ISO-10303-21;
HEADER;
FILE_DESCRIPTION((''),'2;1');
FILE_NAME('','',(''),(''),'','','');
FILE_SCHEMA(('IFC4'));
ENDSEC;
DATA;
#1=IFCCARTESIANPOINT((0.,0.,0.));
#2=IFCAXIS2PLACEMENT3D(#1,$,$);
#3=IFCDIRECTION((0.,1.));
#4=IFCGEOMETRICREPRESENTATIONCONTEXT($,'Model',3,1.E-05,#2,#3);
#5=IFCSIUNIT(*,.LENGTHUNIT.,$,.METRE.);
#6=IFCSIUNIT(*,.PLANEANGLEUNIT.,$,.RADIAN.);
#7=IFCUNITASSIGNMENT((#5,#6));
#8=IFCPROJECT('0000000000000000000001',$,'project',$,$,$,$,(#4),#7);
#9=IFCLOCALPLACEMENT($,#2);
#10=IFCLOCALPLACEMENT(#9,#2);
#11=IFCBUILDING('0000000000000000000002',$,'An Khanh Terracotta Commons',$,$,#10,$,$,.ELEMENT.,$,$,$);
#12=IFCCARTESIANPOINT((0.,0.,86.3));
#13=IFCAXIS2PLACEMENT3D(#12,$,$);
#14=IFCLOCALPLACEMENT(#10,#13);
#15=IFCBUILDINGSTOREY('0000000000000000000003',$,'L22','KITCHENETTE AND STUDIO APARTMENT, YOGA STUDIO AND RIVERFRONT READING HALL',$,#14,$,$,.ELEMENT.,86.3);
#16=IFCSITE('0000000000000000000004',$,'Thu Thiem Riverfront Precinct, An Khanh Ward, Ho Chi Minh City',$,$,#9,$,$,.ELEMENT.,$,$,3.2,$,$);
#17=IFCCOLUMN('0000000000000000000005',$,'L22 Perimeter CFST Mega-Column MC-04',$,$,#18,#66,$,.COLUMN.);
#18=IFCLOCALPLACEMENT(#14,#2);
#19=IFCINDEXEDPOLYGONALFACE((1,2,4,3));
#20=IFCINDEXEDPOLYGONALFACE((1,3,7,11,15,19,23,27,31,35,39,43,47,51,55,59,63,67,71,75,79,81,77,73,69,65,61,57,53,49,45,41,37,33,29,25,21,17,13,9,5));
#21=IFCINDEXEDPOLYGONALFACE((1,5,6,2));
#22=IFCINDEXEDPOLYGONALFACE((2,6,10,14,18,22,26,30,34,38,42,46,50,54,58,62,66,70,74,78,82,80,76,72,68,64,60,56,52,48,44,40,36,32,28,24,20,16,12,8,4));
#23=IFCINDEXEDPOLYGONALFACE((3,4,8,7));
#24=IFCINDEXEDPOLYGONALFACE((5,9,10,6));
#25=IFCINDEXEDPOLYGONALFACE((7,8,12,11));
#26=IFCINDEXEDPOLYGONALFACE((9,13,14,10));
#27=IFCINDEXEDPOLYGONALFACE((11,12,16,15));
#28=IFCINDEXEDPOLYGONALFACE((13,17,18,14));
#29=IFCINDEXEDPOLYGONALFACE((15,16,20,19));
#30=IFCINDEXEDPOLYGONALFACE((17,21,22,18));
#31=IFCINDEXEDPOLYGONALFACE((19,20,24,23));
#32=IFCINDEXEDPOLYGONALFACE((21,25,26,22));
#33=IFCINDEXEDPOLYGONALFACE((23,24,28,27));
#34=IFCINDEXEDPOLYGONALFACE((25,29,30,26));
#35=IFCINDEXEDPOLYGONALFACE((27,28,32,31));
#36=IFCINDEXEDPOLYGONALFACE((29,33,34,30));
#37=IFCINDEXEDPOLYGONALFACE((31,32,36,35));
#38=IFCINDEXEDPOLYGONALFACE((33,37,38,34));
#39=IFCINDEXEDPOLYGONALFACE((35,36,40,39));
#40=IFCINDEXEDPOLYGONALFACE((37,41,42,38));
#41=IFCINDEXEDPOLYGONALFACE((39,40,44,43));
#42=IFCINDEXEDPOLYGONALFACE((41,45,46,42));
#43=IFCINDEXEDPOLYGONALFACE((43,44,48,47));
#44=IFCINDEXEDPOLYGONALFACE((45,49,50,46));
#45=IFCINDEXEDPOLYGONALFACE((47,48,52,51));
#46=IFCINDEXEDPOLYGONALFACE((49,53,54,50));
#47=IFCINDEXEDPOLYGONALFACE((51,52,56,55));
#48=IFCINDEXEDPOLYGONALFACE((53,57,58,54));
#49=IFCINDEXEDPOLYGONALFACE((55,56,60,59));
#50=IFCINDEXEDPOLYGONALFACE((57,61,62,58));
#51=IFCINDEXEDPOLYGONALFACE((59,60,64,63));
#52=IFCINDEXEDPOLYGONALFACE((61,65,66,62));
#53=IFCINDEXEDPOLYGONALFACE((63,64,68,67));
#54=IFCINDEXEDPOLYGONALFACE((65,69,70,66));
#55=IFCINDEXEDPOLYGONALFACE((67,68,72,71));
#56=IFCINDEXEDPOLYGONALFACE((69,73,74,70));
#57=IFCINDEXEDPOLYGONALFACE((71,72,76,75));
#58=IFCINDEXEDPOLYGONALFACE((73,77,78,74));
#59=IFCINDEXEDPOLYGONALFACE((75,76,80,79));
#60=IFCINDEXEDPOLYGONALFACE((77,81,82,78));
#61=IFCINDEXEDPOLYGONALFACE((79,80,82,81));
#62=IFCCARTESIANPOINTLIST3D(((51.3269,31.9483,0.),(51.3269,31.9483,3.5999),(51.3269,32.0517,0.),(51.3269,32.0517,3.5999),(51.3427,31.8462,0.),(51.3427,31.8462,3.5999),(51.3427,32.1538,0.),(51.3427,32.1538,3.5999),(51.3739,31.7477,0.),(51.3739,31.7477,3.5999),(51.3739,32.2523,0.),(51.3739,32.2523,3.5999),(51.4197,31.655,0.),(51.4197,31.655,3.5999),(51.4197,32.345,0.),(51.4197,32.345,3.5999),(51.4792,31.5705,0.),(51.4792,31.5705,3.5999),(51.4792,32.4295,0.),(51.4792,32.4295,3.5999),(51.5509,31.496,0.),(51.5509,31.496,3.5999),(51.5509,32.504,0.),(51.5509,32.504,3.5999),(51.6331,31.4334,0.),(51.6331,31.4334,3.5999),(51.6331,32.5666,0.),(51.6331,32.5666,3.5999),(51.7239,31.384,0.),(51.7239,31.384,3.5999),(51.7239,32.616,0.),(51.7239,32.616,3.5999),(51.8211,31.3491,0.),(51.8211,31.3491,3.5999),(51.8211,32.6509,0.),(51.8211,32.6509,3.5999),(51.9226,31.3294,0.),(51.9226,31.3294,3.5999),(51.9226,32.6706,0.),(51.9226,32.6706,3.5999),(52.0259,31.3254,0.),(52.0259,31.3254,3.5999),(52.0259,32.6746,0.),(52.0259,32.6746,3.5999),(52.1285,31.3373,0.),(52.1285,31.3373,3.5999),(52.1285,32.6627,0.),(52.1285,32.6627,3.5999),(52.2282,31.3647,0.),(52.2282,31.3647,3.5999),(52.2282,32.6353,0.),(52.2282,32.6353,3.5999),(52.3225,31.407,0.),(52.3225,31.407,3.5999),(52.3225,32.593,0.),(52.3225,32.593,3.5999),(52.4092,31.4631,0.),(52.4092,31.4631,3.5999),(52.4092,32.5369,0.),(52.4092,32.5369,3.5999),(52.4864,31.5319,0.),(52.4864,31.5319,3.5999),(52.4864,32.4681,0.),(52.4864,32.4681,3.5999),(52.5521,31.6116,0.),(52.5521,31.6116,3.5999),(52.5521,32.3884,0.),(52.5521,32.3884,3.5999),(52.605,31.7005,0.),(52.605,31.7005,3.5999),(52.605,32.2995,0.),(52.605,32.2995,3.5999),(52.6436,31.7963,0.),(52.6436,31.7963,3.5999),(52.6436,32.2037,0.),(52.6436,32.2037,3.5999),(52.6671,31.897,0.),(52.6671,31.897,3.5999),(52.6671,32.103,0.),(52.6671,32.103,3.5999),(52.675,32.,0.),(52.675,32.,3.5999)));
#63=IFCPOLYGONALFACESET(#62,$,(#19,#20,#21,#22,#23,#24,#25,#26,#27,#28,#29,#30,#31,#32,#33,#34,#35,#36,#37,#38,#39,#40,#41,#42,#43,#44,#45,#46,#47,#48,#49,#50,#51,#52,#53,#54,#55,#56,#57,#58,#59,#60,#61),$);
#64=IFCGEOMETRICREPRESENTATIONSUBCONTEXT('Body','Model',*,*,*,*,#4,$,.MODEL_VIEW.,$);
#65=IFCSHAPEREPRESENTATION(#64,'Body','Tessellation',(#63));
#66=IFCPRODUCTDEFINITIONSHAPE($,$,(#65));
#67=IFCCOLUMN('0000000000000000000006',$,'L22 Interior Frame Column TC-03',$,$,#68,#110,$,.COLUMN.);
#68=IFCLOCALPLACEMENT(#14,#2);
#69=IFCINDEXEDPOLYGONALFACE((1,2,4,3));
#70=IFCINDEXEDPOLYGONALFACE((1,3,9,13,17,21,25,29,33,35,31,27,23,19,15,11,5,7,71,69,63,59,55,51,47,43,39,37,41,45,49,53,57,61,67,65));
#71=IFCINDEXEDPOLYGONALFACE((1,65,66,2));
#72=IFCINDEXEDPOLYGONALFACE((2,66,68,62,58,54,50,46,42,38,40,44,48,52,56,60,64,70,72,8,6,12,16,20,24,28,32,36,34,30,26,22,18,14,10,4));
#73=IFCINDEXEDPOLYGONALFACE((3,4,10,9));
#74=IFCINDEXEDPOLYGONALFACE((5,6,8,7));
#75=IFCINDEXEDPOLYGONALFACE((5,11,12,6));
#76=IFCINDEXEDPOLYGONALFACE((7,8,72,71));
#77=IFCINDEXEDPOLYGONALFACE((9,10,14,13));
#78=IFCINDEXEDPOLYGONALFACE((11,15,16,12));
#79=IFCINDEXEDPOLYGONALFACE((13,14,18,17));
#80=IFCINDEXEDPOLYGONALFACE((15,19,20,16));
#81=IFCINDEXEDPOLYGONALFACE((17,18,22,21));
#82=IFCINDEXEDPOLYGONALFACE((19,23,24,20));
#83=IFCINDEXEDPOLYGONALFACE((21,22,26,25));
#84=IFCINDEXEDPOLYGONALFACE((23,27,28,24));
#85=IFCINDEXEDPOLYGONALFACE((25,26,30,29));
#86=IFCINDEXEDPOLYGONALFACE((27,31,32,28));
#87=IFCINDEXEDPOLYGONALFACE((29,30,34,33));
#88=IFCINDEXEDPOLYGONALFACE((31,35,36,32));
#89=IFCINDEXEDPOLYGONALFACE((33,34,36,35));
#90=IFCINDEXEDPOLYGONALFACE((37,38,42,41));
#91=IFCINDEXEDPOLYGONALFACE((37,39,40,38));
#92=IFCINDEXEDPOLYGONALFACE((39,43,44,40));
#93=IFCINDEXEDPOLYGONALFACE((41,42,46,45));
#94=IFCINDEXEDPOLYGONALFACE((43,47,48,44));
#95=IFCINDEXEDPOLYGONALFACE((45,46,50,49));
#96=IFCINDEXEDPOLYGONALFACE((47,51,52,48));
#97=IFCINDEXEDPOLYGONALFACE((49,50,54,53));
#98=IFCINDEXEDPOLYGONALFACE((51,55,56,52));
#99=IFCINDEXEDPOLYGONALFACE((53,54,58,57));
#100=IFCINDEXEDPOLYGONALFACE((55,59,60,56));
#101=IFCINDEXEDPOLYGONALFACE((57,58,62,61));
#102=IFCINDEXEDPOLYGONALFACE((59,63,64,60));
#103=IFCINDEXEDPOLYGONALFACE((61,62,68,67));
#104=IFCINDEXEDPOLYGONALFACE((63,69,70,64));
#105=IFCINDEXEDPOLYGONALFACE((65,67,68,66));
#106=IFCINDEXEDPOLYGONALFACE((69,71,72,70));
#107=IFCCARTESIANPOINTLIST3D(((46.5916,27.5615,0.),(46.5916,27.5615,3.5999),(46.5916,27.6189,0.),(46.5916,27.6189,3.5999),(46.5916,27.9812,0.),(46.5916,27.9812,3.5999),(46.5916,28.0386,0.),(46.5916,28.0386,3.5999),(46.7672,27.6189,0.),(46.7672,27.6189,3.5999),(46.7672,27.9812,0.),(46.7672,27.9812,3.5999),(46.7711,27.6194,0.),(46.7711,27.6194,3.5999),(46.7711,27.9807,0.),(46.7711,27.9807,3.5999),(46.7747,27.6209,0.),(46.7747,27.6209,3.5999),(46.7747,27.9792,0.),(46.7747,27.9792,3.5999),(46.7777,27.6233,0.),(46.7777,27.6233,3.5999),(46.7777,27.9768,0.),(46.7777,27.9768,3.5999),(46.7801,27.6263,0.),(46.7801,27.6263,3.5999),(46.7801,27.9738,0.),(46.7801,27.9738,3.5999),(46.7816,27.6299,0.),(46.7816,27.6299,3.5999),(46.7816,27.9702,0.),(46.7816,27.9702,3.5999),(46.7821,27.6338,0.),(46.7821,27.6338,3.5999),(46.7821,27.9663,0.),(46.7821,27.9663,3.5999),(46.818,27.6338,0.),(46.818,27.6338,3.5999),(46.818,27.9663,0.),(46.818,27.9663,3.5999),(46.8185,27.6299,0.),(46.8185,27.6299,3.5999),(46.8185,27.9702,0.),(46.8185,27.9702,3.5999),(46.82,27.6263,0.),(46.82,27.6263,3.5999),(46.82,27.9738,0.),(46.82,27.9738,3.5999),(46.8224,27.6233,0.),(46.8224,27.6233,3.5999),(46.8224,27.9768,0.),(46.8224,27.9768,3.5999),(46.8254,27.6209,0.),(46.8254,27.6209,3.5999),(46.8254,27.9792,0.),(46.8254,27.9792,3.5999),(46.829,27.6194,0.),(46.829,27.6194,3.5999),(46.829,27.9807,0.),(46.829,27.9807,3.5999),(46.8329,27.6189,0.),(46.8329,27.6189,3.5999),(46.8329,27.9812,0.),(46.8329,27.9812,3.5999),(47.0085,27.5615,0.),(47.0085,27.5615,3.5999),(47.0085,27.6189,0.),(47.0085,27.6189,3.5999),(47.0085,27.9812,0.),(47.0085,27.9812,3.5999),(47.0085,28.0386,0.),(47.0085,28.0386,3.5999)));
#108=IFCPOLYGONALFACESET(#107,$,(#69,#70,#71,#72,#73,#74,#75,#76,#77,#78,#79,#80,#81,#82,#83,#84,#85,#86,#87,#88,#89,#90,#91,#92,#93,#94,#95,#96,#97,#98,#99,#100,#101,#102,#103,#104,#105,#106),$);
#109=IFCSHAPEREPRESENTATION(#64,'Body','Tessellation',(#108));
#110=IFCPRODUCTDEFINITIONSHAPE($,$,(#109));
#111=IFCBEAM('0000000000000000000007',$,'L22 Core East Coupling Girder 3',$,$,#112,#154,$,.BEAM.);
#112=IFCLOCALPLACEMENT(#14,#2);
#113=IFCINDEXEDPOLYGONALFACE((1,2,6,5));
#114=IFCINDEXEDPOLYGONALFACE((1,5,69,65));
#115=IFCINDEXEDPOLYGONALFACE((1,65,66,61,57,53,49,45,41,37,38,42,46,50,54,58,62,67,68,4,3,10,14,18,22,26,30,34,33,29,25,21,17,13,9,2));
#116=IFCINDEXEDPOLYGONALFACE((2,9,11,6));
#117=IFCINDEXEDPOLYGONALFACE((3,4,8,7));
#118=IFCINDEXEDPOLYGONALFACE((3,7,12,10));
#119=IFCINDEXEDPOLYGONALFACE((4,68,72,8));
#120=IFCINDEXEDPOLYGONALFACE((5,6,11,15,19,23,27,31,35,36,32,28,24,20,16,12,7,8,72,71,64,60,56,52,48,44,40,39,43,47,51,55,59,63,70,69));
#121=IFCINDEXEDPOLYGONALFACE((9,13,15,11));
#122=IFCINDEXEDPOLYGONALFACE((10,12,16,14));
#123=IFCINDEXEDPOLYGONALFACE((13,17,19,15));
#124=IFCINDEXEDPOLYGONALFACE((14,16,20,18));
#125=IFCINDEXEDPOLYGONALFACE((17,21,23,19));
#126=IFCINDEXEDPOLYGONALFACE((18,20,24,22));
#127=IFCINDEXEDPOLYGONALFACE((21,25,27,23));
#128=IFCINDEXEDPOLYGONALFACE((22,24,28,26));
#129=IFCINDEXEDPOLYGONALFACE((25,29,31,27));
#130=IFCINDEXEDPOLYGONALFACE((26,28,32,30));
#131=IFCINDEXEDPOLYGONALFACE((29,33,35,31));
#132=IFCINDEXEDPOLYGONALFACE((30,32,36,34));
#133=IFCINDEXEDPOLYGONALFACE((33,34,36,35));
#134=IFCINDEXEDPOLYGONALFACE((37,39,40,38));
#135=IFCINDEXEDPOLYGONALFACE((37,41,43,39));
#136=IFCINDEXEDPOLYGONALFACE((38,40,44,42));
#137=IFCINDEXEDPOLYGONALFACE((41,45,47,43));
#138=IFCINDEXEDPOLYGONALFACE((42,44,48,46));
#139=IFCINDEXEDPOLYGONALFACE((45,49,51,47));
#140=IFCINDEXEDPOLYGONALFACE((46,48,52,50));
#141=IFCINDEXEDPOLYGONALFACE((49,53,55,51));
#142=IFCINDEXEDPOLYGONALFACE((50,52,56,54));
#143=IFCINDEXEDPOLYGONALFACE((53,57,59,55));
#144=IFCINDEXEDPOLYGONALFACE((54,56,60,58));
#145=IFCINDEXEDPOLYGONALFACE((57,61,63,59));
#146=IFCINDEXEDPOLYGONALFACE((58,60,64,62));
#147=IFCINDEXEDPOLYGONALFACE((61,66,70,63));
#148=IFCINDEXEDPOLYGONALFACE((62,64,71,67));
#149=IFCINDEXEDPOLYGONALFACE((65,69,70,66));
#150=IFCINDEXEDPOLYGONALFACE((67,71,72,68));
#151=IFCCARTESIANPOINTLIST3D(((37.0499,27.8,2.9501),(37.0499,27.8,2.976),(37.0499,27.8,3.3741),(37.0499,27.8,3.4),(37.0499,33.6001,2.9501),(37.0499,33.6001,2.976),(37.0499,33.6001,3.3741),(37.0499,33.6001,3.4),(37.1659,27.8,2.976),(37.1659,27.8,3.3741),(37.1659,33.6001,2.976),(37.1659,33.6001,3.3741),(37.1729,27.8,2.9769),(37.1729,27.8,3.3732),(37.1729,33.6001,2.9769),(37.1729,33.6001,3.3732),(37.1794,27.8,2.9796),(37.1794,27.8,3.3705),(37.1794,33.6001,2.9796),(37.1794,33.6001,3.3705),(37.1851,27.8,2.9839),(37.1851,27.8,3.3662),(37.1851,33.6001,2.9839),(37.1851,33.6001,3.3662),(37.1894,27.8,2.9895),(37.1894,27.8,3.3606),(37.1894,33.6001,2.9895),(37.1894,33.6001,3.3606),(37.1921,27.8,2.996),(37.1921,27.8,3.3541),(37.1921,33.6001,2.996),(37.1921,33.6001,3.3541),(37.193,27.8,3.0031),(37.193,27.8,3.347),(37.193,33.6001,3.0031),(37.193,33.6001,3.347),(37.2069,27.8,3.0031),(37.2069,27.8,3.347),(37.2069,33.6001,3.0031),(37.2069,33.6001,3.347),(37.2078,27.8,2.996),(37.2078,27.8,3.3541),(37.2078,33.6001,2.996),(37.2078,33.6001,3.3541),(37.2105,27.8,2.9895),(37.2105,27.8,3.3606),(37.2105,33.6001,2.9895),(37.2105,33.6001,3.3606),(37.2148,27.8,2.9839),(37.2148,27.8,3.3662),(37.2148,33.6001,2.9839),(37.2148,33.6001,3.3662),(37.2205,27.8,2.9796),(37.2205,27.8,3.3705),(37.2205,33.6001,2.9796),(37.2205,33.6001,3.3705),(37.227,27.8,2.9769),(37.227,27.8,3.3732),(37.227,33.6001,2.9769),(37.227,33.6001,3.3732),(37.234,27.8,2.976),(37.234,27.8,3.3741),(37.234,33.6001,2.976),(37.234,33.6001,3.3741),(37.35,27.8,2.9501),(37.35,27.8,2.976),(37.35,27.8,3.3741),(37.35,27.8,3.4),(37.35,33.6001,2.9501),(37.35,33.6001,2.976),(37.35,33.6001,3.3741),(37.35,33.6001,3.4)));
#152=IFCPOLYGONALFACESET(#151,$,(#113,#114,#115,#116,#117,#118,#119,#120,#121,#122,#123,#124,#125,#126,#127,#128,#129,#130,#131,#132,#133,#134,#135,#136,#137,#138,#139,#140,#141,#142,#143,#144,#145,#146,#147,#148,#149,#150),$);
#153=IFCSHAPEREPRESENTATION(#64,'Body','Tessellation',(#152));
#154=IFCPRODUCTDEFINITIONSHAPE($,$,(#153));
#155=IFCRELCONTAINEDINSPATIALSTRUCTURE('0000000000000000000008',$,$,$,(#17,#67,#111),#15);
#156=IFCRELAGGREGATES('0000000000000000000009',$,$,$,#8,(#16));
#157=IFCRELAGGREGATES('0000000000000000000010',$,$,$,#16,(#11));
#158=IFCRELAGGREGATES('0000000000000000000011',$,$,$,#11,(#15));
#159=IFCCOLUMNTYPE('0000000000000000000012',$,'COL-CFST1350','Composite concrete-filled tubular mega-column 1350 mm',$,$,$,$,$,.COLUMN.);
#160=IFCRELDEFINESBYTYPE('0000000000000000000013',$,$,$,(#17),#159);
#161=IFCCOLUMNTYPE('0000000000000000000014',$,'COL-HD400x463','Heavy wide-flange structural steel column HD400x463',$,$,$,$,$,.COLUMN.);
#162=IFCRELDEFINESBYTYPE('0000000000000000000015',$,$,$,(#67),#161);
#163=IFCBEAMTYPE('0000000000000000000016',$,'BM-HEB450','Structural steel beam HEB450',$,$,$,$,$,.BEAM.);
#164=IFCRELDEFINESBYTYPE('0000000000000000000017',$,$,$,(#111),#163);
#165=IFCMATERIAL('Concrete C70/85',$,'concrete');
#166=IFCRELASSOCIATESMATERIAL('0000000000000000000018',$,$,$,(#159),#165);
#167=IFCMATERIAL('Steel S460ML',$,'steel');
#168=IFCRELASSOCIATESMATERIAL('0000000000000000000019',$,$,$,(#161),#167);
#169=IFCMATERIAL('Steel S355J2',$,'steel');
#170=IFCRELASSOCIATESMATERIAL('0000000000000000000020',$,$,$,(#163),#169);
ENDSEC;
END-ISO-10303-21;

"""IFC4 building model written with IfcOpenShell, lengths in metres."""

from ifc_helpers import new_model, si_unit, direction, frame, origin, origin_2d, place, context, subcontext, project, spatial, circle, i_section, extrude, material, material_profile, profile_set, type_object, element, save


model = new_model("IFC4")

# Units and contexts
model_context = context("Model", 3, precision=1e-05, world=origin(), true_north=direction((0.0, 1.0)))
body_context = subcontext(model_context, "Body", "Model", "MODEL_VIEW")
ifc_project = project(units=[si_unit("LENGTHUNIT", "METRE"), si_unit("PLANEANGLEUNIT", "RADIAN")], contexts=[model_context])

# Site, building, storey
site_placement = place(None, origin())
site = spatial("IfcSite", under=ifc_project, at=site_placement, Name="Thu Thiem Riverfront Precinct, An Khanh Ward, Ho Chi Minh City", CompositionType="ELEMENT", RefElevation=3.2)
building_placement = place(site_placement, origin())
building = spatial("IfcBuilding", under=site, at=building_placement, Name="An Khanh Terracotta Commons", CompositionType="ELEMENT")
storey_placement = place(building_placement, frame((0.0, 0.0, 86.3)))
storey = spatial("IfcBuildingStorey", under=building, at=storey_placement, Name="L22", Description="KITCHENETTE AND STUDIO APARTMENT, YOGA STUDIO AND RIVERFRONT READING HALL", CompositionType="ELEMENT", Elevation=86.3)

# Columns
ifc_material_1 = material(Name="Concrete C70/85", Category="concrete")
ifc_material_profile_1 = material_profile(ifc_material_1, circle(Radius=0.675, at=origin_2d()), Name="CFST1350")
ifc_profile_set_1 = profile_set([ifc_material_profile_1], Name="Concrete C70/85")
column_type_1 = type_object("IfcColumnType", Name="COL-CFST1350", Description="Composite concrete-filled tubular mega-column 1350 mm", PredefinedType="COLUMN", material=ifc_profile_set_1)
column_1_placement = place(storey_placement, frame((52.0, 32.0, 0.0), z_axis=(0.0, 0.0, 1.0), x_axis=(1.0, 0.0, 0.0)))
element("IfcColumn", 1, at=column_1_placement, inside=storey, type_object=column_type_1, Name="L22 Perimeter CFST Mega-Column MC-04", PredefinedType="COLUMN", context=body_context, shape_type="SweptSolid", body=[
    extrude(circle(Radius=0.675, at=origin_2d()), origin(), (0.0, 0.0, 1.0), 3.5999),
])
ifc_material_2 = material(Name="Steel S460ML", Category="steel")
ifc_material_profile_2 = material_profile(ifc_material_2, i_section(OverallWidth=0.417, OverallDepth=0.4771, WebThickness=0.0359, FlangeThickness=0.0574, FilletRadius=0.0149, at=origin_2d()), Name="HD400x463")
ifc_profile_set_2 = profile_set([ifc_material_profile_2], Name="Steel S460ML")
column_type_2 = type_object("IfcColumnType", Name="COL-HD400x463", Description="Heavy wide-flange structural steel column HD400x463", PredefinedType="COLUMN", material=ifc_profile_set_2)
column_2_placement = place(storey_placement, frame((46.8, 27.8, 0.0), z_axis=(0.0, 0.0, 1.0), x_axis=(1.0, 0.0, 0.0)))
element("IfcColumn", 2, at=column_2_placement, inside=storey, type_object=column_type_2, Name="L22 Interior Frame Column TC-03", PredefinedType="COLUMN", context=body_context, shape_type="SweptSolid", body=[
    extrude(i_section(OverallWidth=0.417, OverallDepth=0.4771, WebThickness=0.0359, FlangeThickness=0.0574, FilletRadius=0.0149, at=origin_2d()), origin(), (0.0, 0.0, 1.0), 3.5999),
])

# Beam
ifc_material_3 = material(Name="Steel S355J2", Category="steel")
ifc_material_profile_3 = material_profile(ifc_material_3, i_section(OverallWidth=0.3, OverallDepth=0.45, WebThickness=0.0139, FlangeThickness=0.0259, FilletRadius=0.0271, at=origin_2d()), Name="HEB450")
ifc_profile_set_3 = profile_set([ifc_material_profile_3], Name="Steel S355J2")
beam_type_1 = type_object("IfcBeamType", Name="BM-HEB450", Description="Structural steel beam HEB450", PredefinedType="BEAM", material=ifc_profile_set_3)
beam_1_placement = place(storey_placement, frame((37.2, 27.8, 3.175), z_axis=(0.0, 1.0, 0.0), x_axis=(-1.0, 0.0, 0.0)))
element("IfcBeam", 3, at=beam_1_placement, inside=storey, type_object=beam_type_1, Name="L22 Core East Coupling Girder 3", PredefinedType="BEAM", context=body_context, shape_type="SweptSolid", body=[
    extrude(i_section(OverallWidth=0.3, OverallDepth=0.45, WebThickness=0.0139, FlangeThickness=0.0259, FilletRadius=0.0271, at=origin_2d()), origin(), (0.0, 0.0, 1.0), 5.8),
])

save(model, "model.ifc")
